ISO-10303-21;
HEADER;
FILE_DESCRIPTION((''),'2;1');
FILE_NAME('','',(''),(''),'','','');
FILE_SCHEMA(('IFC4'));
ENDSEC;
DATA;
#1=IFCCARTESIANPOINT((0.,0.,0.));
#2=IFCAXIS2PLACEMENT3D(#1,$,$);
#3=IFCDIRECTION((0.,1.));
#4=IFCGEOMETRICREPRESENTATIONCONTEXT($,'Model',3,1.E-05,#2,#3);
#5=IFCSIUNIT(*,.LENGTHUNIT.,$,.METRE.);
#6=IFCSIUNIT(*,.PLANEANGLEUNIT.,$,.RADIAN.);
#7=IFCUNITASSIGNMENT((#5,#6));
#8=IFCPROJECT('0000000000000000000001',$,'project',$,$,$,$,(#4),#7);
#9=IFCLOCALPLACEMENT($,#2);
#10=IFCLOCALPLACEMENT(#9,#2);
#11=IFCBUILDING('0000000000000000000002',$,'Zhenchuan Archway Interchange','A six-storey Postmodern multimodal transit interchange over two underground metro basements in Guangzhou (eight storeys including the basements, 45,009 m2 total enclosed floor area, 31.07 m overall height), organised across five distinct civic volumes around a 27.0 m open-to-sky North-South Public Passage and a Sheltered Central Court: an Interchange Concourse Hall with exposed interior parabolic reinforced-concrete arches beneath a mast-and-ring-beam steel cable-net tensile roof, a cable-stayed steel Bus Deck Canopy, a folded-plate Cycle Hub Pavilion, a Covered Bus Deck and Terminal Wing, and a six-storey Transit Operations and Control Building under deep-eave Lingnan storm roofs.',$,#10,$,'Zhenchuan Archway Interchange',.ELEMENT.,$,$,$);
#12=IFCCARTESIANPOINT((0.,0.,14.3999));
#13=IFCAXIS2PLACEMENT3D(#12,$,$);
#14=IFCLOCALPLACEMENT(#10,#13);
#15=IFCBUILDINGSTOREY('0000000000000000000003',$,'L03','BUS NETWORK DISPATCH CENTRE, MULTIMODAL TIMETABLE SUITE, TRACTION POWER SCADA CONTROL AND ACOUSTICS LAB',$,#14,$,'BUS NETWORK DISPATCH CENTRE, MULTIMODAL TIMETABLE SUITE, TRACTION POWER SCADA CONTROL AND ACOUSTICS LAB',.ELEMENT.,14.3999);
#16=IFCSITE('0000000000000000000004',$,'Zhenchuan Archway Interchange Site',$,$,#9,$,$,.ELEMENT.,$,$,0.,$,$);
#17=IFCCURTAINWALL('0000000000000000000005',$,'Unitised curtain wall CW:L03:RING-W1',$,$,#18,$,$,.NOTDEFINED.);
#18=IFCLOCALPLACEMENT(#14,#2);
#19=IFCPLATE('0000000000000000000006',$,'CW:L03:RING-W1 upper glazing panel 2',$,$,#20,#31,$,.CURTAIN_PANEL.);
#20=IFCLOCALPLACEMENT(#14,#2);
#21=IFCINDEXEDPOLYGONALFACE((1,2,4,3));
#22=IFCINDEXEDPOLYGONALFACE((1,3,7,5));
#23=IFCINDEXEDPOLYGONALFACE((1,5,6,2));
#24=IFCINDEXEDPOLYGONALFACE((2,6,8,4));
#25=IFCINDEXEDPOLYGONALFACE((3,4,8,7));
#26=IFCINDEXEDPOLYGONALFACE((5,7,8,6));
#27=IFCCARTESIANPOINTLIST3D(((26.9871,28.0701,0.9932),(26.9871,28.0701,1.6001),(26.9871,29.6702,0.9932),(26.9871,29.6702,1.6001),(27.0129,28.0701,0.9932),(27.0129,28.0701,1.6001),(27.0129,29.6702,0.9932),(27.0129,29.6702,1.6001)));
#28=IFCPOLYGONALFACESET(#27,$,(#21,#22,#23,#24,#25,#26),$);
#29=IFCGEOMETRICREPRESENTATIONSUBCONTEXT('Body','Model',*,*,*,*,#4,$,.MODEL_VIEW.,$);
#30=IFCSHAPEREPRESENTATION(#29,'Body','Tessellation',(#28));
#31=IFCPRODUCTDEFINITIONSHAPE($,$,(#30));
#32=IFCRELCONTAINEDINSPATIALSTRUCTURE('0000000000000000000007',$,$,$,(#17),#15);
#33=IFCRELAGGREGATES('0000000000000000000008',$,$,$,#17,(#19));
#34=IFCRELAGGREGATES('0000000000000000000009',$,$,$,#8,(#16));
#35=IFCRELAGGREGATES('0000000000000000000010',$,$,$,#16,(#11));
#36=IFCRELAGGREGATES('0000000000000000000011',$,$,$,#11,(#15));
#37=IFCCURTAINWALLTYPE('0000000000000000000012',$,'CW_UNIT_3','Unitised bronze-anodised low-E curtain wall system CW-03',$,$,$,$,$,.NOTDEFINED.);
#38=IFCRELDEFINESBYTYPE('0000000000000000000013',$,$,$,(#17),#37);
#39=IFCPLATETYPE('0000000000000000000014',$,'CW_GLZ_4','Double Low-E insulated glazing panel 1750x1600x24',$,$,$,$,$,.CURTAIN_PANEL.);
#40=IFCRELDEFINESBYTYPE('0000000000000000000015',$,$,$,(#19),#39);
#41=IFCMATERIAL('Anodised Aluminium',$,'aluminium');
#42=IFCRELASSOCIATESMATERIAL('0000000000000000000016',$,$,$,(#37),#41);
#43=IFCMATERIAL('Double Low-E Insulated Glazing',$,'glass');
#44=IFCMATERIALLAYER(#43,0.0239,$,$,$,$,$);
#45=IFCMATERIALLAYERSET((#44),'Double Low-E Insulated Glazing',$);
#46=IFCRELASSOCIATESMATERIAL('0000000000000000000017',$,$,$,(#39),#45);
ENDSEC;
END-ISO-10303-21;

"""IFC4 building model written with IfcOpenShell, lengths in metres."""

from ifc_helpers import new_model, si_unit, direction, frame, origin, origin_2d, place, context, subcontext, project, spatial, rectangle, extrude, material, layer, layer_set, type_object, element, aggregate, save


model = new_model("IFC4")

# Units and contexts
model_context = context("Model", 3, precision=1e-05, world=origin(), true_north=direction((0.0, 1.0)))
body_context = subcontext(model_context, "Body", "Model", "MODEL_VIEW")
ifc_project = project(units=[si_unit("LENGTHUNIT", "METRE"), si_unit("PLANEANGLEUNIT", "RADIAN")], contexts=[model_context])

# Site, building, storey
site_placement = place(None, origin())
site = spatial("IfcSite", under=ifc_project, at=site_placement, Name="Zhenchuan Archway Interchange Site", CompositionType="ELEMENT", RefElevation=0.0)
building_placement = place(site_placement, origin())
building = spatial("IfcBuilding", under=site, at=building_placement, Name="Zhenchuan Archway Interchange", Description="A six-storey Postmodern multimodal transit interchange over two underground metro basements in Guangzhou (eight storeys including the basements, 45,009 m2 total enclosed floor area, 31.07 m overall height), organised across five distinct civic volumes around a 27.0 m open-to-sky North-South Public Passage and a Sheltered Central Court: an Interchange Concourse Hall with exposed interior parabolic reinforced-concrete arches beneath a mast-and-ring-beam steel cable-net tensile roof, a cable-stayed steel Bus Deck Canopy, a folded-plate Cycle Hub Pavilion, a Covered Bus Deck and Terminal Wing, and a six-storey Transit Operations and Control Building under deep-eave Lingnan storm roofs.", LongName="Zhenchuan Archway Interchange", CompositionType="ELEMENT")
storey_placement = place(building_placement, frame((0.0, 0.0, 14.3999)))
storey = spatial("IfcBuildingStorey", under=building, at=storey_placement, Name="L03", Description="BUS NETWORK DISPATCH CENTRE, MULTIMODAL TIMETABLE SUITE, TRACTION POWER SCADA CONTROL AND ACOUSTICS LAB", LongName="BUS NETWORK DISPATCH CENTRE, MULTIMODAL TIMETABLE SUITE, TRACTION POWER SCADA CONTROL AND ACOUSTICS LAB", CompositionType="ELEMENT", Elevation=14.3999)

# Curtain wall
ifc_material_1 = material(Name="Anodised Aluminium", Category="aluminium")
curtain_wall_type_1 = type_object("IfcCurtainWallType", Name="CW_UNIT_3", Description="Unitised bronze-anodised low-E curtain wall system CW-03", PredefinedType="NOTDEFINED", material=ifc_material_1)
curtain_wall_1_placement = place(storey_placement, origin())
curtain_wall_1 = element("IfcCurtainWall", 1, at=curtain_wall_1_placement, inside=storey, type_object=curtain_wall_type_1, Name="Unitised curtain wall CW:L03:RING-W1", PredefinedType="NOTDEFINED")

# Plate
ifc_material_2 = material(Name="Double Low-E Insulated Glazing", Category="glass")
ifc_layer_1 = layer(ifc_material_2, 0.0239)
ifc_layer_set_1 = layer_set([ifc_layer_1], Name="Double Low-E Insulated Glazing")
plate_type_1 = type_object("IfcPlateType", Name="CW_GLZ_4", Description="Double Low-E insulated glazing panel 1750x1600x24", PredefinedType="CURTAIN_PANEL", material=ifc_layer_set_1)
plate_1_placement = place(storey_placement, frame((27.0, 28.8701, 0.9932), z_axis=(0.0, 0.0, 1.0), x_axis=(0.0, 1.0, 0.0)))
plate_1 = element("IfcPlate", 2, at=plate_1_placement, type_object=plate_type_1, Name="CW:L03:RING-W1 upper glazing panel 2", PredefinedType="CURTAIN_PANEL", context=body_context, shape_type="SweptSolid", body=[
    extrude(rectangle(XDim=1.6001, YDim=0.0259, at=origin_2d()), origin(), (0.0, 0.0, 1.0), 0.6069),
])
aggregate(curtain_wall_1, [plate_1])

save(model, "model.ifc")
